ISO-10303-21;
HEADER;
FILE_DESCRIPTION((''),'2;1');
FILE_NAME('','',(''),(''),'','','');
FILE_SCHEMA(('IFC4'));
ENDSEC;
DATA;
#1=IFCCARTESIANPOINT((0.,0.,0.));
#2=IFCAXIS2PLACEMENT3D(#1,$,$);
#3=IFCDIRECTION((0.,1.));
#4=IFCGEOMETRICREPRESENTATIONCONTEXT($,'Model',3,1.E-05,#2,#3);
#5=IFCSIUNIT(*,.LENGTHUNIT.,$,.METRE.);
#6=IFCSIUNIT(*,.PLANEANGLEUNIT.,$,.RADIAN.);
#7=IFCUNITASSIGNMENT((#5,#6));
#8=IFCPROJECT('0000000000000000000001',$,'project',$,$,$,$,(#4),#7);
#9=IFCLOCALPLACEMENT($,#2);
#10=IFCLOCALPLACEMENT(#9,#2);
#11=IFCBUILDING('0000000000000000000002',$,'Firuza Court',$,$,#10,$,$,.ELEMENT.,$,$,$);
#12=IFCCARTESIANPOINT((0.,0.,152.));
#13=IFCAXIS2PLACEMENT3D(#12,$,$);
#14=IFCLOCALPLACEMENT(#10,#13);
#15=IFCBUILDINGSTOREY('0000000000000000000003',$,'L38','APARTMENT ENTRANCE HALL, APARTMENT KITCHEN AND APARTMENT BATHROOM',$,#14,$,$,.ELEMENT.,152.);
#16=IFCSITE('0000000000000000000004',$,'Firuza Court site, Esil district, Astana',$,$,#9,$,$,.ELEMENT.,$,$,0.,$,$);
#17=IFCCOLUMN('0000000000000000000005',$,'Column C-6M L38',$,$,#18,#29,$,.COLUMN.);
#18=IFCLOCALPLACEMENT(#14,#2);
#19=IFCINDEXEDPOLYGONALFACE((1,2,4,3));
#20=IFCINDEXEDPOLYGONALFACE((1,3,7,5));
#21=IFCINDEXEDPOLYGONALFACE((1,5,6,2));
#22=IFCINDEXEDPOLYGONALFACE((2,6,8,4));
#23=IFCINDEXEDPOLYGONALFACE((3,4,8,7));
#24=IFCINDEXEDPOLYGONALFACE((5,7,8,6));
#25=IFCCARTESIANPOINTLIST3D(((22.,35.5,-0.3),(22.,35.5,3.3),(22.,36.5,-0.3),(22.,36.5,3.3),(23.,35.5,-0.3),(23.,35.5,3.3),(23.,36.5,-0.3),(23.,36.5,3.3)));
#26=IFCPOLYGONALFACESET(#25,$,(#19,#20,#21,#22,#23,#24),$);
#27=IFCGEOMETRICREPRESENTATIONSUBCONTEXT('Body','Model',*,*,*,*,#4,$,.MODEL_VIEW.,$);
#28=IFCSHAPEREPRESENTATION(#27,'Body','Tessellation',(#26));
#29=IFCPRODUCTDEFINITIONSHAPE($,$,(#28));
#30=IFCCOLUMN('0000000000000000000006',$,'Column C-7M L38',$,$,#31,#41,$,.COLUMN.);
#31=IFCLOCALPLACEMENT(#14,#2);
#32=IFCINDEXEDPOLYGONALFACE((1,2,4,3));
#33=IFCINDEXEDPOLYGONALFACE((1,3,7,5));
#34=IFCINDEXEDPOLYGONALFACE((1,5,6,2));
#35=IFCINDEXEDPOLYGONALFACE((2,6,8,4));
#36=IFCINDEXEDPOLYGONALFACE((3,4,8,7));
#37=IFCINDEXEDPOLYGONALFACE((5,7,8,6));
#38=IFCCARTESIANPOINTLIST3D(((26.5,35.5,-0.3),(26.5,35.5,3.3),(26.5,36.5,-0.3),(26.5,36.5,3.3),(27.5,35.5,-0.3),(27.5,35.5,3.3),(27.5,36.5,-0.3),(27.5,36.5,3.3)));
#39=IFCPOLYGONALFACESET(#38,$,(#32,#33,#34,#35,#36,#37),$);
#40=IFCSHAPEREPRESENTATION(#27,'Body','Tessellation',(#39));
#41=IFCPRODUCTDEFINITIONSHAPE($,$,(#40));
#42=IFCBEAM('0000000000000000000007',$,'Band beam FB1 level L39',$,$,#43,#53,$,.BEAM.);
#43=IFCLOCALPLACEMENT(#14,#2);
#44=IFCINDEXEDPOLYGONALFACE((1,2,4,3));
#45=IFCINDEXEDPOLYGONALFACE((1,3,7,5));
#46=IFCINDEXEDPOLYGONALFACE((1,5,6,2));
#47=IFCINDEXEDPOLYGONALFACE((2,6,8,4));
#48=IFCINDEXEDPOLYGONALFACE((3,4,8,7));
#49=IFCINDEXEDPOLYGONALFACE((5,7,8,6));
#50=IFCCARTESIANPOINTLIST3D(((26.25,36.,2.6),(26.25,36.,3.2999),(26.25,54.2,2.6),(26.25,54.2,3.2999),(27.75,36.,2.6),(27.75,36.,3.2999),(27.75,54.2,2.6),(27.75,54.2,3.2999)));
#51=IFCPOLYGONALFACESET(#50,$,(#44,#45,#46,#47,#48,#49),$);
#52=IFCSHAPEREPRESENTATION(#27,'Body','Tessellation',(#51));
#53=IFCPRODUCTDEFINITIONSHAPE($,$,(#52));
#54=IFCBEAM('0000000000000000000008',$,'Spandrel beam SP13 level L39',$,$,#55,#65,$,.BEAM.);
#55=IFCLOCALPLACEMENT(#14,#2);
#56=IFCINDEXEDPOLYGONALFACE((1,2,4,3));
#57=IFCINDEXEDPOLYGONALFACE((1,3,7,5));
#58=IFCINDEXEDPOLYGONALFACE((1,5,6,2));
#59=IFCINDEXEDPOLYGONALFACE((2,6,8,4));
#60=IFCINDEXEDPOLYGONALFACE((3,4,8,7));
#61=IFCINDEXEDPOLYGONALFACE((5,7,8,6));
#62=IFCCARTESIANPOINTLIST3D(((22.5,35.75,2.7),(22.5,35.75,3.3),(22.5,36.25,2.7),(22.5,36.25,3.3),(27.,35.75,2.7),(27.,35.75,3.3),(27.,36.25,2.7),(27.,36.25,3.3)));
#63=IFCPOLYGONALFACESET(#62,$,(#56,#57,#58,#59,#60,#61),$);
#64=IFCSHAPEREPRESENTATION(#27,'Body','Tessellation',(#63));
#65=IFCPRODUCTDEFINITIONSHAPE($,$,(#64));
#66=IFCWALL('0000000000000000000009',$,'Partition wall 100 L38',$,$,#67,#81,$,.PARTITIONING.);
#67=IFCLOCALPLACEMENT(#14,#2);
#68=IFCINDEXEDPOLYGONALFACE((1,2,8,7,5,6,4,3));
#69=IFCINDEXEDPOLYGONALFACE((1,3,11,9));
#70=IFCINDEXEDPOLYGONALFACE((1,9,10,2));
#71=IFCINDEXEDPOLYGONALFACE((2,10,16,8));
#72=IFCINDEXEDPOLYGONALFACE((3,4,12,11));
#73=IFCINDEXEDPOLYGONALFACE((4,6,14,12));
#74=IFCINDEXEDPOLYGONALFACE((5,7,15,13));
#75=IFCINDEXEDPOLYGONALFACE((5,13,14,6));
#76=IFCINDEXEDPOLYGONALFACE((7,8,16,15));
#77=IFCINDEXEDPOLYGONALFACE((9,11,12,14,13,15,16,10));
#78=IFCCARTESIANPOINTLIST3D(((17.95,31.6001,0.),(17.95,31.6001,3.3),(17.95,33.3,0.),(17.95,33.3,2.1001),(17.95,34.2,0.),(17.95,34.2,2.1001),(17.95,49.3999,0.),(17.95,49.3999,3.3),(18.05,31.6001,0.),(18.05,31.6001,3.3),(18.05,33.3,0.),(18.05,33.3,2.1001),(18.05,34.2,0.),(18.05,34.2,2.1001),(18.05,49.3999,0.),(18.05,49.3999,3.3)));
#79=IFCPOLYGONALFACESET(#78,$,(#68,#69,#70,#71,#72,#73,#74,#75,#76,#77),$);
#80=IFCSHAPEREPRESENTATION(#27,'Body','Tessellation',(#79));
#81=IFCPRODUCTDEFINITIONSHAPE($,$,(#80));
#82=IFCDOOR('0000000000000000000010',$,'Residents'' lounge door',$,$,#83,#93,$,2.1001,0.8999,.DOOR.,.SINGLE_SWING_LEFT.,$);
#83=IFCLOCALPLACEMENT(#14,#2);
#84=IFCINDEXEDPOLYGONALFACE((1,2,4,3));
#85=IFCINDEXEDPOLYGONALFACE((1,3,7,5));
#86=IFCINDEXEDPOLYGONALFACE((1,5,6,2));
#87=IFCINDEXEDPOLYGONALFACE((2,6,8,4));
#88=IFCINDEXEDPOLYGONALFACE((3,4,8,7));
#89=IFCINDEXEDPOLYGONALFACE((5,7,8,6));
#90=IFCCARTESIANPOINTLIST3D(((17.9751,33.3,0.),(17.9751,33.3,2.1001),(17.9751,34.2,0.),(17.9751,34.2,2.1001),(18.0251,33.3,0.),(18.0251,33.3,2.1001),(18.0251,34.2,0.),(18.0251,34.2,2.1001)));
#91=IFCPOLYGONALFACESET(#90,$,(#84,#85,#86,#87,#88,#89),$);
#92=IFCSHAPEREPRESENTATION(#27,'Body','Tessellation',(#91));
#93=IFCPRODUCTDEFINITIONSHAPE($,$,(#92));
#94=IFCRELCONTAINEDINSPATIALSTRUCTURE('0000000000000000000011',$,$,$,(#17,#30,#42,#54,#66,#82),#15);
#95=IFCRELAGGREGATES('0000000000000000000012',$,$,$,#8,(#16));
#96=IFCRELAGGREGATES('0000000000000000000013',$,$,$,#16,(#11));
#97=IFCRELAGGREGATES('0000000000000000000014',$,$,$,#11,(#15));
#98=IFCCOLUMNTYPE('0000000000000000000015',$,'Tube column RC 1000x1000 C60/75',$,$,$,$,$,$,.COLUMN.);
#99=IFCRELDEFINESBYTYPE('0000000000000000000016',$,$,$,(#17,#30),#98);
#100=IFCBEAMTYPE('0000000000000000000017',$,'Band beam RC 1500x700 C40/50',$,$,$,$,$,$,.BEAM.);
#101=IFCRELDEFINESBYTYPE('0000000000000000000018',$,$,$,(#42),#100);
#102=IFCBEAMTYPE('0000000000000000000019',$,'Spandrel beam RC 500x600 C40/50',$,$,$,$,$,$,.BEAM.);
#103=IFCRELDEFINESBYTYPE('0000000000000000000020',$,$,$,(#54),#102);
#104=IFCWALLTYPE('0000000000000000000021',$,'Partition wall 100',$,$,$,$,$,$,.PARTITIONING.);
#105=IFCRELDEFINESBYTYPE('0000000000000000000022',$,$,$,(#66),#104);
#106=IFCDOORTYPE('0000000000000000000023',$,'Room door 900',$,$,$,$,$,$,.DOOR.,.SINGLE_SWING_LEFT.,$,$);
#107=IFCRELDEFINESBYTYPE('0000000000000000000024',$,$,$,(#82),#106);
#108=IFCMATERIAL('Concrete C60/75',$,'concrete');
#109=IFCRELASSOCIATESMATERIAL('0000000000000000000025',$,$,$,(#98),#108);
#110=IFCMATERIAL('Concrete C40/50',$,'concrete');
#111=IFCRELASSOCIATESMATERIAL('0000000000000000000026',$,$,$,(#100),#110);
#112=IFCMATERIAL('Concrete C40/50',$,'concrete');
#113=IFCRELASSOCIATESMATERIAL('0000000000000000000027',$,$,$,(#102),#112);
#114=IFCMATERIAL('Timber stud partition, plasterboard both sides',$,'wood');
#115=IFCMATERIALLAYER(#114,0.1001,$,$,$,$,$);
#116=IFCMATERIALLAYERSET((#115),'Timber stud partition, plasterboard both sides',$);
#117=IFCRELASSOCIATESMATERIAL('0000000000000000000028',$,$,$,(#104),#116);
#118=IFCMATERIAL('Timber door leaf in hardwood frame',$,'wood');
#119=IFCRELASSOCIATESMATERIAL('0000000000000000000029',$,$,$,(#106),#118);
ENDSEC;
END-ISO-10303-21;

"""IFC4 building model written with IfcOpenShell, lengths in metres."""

from ifc_helpers import new_model, si_unit, direction, frame, frame_2d, origin, origin_2d, place, context, subcontext, project, spatial, rectangle, extrude, material, layer, layer_set, material_profile, profile_set, type_object, element, fill, save


model = new_model("IFC4")

# Units and contexts
model_context = context("Model", 3, precision=1e-05, world=origin(), true_north=direction((0.0, 1.0)))
body_context = subcontext(model_context, "Body", "Model", "MODEL_VIEW")
ifc_project = project(units=[si_unit("LENGTHUNIT", "METRE"), si_unit("PLANEANGLEUNIT", "RADIAN")], contexts=[model_context])

# Site, building, storey
site_placement = place(None, origin())
site = spatial("IfcSite", under=ifc_project, at=site_placement, Name="Firuza Court site, Esil district, Astana", CompositionType="ELEMENT", RefElevation=0.0)
building_placement = place(site_placement, origin())
building = spatial("IfcBuilding", under=site, at=building_placement, Name="Firuza Court", CompositionType="ELEMENT")
storey_placement = place(building_placement, frame((0.0, 0.0, 152.0)))
storey = spatial("IfcBuildingStorey", under=building, at=storey_placement, Name="L38", Description="APARTMENT ENTRANCE HALL, APARTMENT KITCHEN AND APARTMENT BATHROOM", CompositionType="ELEMENT", Elevation=152.0)

# Columns
ifc_material_1 = material(Name="Concrete C60/75", Category="concrete")
ifc_material_profile_1 = material_profile(ifc_material_1, rectangle(XDim=1.0, YDim=1.0, at=origin_2d()), Name="RC 1000x1000")
ifc_profile_set_1 = profile_set([ifc_material_profile_1], Name="Concrete C60/75")
column_type = type_object("IfcColumnType", Name="Tube column RC 1000x1000 C60/75", PredefinedType="COLUMN", material=ifc_profile_set_1)
for number, where, z_axis, x_axis, name in (
    (1, (22.5, 36.0, -0.3), (0.0, 0.0, 1.0), (1.0, 0.0, 0.0), "Column C-6M L38"),
    (2, (27.0, 36.0, -0.3), (0.0, 0.0, 1.0), (1.0, 0.0, 0.0), "Column C-7M L38"),
):
    element("IfcColumn", number, at=place(storey_placement, frame(where, z_axis=z_axis, x_axis=x_axis)), inside=storey, type_object=column_type, Name=name, PredefinedType="COLUMN", context=body_context, shape_type="SweptSolid", body=[
        extrude(rectangle(XDim=1.0, YDim=1.0, at=origin_2d()), origin(), (0.0, 0.0, 1.0), 3.6001),
    ])

# Beams
ifc_material_2 = material(Name="Concrete C40/50", Category="concrete")
ifc_material_profile_2 = material_profile(ifc_material_2, rectangle(XDim=1.5, YDim=0.7, at=origin_2d()), Name="RC 1500x700")
ifc_profile_set_2 = profile_set([ifc_material_profile_2], Name="Concrete C40/50")
beam_type_1 = type_object("IfcBeamType", Name="Band beam RC 1500x700 C40/50", PredefinedType="BEAM", material=ifc_profile_set_2)
beam_1_placement = place(storey_placement, frame((27.0, 36.0, 2.95), z_axis=(0.0, 1.0, 0.0), x_axis=(-1.0, 0.0, 0.0)))
element("IfcBeam", 3, at=beam_1_placement, inside=storey, type_object=beam_type_1, Name="Band beam FB1 level L39", PredefinedType="BEAM", context=body_context, shape_type="SweptSolid", body=[
    extrude(rectangle(XDim=1.5, YDim=0.7, at=origin_2d()), origin(), (0.0, 0.0, 1.0), 18.2),
])
ifc_material_3 = material(Name="Concrete C40/50", Category="concrete")
ifc_material_profile_3 = material_profile(ifc_material_3, rectangle(XDim=0.5, YDim=0.6001, at=origin_2d()), Name="RC 500x600")
ifc_profile_set_3 = profile_set([ifc_material_profile_3], Name="Concrete C40/50")
beam_type_2 = type_object("IfcBeamType", Name="Spandrel beam RC 500x600 C40/50", PredefinedType="BEAM", material=ifc_profile_set_3)
beam_2_placement = place(storey_placement, frame((22.5, 36.0, 3.0), z_axis=(1.0, 0.0, 0.0), x_axis=(0.0, 1.0, 0.0)))
element("IfcBeam", 4, at=beam_2_placement, inside=storey, type_object=beam_type_2, Name="Spandrel beam SP13 level L39", PredefinedType="BEAM", context=body_context, shape_type="SweptSolid", body=[
    extrude(rectangle(XDim=0.5, YDim=0.6001, at=origin_2d()), origin(), (0.0, 0.0, 1.0), 4.5),
])

# Wall, opening, door
ifc_material_4 = material(Name="Timber stud partition, plasterboard both sides", Category="wood")
ifc_layer_1 = layer(ifc_material_4, 0.1001)
ifc_layer_set_1 = layer_set([ifc_layer_1], Name="Timber stud partition, plasterboard both sides")
wall_type_1 = type_object("IfcWallType", Name="Partition wall 100", PredefinedType="PARTITIONING", material=ifc_layer_set_1)
wall_1_placement = place(storey_placement, frame((18.0, 31.6001, 0.0), z_axis=(0.0, 0.0, 1.0), x_axis=(0.0, 1.0, 0.0)))
wall_1 = element("IfcWall", 5, at=wall_1_placement, inside=storey, type_object=wall_type_1, Name="Partition wall 100 L38", PredefinedType="PARTITIONING", context=body_context, shape_type="SweptSolid", body=[
    extrude(rectangle(XDim=17.7998, YDim=0.1001, at=frame_2d((8.8999, 0.0))), origin(), (0.0, 0.0, 1.0), 3.3),
])
opening_1_placement = place(wall_1_placement, frame((1.7, 0.0, 0.0)))
opening_1 = element("IfcOpeningElement", 6, at=opening_1_placement, cuts=wall_1, PredefinedType="OPENING", context=body_context, shape_type="SweptSolid", body=[
    extrude(rectangle(XDim=0.8999, YDim=2.1001, at=frame_2d((0.45, 1.05))), frame((0.0, 0.062, 0.0), z_axis=(0.0, -1.0, 0.0), x_axis=(1.0, 0.0, 0.0)), (0.0, 0.0, 1.0), 0.124),
])
ifc_material_5 = material(Name="Timber door leaf in hardwood frame", Category="wood")
door_type = type_object("IfcDoorType", Name="Room door 900", OperationType="SINGLE_SWING_LEFT", PredefinedType="DOOR", material=ifc_material_5)
door_placement = place(opening_1_placement, origin())
door = element("IfcDoor", 7, at=door_placement, inside=storey, type_object=door_type, Name="Residents' lounge door", OperationType="SINGLE_SWING_LEFT", OverallHeight=2.1001, OverallWidth=0.8999, PredefinedType="DOOR", context=body_context, shape_type="SweptSolid", body=[
    extrude(rectangle(XDim=0.8999, YDim=2.1001, at=frame_2d((0.45, 1.05))), frame((0.0, 0.0249, 0.0), z_axis=(0.0, -1.0, 0.0), x_axis=(1.0, 0.0, 0.0)), (0.0, 0.0, 1.0), 0.05),
])
fill(opening_1, door)

save(model, "model.ifc")
